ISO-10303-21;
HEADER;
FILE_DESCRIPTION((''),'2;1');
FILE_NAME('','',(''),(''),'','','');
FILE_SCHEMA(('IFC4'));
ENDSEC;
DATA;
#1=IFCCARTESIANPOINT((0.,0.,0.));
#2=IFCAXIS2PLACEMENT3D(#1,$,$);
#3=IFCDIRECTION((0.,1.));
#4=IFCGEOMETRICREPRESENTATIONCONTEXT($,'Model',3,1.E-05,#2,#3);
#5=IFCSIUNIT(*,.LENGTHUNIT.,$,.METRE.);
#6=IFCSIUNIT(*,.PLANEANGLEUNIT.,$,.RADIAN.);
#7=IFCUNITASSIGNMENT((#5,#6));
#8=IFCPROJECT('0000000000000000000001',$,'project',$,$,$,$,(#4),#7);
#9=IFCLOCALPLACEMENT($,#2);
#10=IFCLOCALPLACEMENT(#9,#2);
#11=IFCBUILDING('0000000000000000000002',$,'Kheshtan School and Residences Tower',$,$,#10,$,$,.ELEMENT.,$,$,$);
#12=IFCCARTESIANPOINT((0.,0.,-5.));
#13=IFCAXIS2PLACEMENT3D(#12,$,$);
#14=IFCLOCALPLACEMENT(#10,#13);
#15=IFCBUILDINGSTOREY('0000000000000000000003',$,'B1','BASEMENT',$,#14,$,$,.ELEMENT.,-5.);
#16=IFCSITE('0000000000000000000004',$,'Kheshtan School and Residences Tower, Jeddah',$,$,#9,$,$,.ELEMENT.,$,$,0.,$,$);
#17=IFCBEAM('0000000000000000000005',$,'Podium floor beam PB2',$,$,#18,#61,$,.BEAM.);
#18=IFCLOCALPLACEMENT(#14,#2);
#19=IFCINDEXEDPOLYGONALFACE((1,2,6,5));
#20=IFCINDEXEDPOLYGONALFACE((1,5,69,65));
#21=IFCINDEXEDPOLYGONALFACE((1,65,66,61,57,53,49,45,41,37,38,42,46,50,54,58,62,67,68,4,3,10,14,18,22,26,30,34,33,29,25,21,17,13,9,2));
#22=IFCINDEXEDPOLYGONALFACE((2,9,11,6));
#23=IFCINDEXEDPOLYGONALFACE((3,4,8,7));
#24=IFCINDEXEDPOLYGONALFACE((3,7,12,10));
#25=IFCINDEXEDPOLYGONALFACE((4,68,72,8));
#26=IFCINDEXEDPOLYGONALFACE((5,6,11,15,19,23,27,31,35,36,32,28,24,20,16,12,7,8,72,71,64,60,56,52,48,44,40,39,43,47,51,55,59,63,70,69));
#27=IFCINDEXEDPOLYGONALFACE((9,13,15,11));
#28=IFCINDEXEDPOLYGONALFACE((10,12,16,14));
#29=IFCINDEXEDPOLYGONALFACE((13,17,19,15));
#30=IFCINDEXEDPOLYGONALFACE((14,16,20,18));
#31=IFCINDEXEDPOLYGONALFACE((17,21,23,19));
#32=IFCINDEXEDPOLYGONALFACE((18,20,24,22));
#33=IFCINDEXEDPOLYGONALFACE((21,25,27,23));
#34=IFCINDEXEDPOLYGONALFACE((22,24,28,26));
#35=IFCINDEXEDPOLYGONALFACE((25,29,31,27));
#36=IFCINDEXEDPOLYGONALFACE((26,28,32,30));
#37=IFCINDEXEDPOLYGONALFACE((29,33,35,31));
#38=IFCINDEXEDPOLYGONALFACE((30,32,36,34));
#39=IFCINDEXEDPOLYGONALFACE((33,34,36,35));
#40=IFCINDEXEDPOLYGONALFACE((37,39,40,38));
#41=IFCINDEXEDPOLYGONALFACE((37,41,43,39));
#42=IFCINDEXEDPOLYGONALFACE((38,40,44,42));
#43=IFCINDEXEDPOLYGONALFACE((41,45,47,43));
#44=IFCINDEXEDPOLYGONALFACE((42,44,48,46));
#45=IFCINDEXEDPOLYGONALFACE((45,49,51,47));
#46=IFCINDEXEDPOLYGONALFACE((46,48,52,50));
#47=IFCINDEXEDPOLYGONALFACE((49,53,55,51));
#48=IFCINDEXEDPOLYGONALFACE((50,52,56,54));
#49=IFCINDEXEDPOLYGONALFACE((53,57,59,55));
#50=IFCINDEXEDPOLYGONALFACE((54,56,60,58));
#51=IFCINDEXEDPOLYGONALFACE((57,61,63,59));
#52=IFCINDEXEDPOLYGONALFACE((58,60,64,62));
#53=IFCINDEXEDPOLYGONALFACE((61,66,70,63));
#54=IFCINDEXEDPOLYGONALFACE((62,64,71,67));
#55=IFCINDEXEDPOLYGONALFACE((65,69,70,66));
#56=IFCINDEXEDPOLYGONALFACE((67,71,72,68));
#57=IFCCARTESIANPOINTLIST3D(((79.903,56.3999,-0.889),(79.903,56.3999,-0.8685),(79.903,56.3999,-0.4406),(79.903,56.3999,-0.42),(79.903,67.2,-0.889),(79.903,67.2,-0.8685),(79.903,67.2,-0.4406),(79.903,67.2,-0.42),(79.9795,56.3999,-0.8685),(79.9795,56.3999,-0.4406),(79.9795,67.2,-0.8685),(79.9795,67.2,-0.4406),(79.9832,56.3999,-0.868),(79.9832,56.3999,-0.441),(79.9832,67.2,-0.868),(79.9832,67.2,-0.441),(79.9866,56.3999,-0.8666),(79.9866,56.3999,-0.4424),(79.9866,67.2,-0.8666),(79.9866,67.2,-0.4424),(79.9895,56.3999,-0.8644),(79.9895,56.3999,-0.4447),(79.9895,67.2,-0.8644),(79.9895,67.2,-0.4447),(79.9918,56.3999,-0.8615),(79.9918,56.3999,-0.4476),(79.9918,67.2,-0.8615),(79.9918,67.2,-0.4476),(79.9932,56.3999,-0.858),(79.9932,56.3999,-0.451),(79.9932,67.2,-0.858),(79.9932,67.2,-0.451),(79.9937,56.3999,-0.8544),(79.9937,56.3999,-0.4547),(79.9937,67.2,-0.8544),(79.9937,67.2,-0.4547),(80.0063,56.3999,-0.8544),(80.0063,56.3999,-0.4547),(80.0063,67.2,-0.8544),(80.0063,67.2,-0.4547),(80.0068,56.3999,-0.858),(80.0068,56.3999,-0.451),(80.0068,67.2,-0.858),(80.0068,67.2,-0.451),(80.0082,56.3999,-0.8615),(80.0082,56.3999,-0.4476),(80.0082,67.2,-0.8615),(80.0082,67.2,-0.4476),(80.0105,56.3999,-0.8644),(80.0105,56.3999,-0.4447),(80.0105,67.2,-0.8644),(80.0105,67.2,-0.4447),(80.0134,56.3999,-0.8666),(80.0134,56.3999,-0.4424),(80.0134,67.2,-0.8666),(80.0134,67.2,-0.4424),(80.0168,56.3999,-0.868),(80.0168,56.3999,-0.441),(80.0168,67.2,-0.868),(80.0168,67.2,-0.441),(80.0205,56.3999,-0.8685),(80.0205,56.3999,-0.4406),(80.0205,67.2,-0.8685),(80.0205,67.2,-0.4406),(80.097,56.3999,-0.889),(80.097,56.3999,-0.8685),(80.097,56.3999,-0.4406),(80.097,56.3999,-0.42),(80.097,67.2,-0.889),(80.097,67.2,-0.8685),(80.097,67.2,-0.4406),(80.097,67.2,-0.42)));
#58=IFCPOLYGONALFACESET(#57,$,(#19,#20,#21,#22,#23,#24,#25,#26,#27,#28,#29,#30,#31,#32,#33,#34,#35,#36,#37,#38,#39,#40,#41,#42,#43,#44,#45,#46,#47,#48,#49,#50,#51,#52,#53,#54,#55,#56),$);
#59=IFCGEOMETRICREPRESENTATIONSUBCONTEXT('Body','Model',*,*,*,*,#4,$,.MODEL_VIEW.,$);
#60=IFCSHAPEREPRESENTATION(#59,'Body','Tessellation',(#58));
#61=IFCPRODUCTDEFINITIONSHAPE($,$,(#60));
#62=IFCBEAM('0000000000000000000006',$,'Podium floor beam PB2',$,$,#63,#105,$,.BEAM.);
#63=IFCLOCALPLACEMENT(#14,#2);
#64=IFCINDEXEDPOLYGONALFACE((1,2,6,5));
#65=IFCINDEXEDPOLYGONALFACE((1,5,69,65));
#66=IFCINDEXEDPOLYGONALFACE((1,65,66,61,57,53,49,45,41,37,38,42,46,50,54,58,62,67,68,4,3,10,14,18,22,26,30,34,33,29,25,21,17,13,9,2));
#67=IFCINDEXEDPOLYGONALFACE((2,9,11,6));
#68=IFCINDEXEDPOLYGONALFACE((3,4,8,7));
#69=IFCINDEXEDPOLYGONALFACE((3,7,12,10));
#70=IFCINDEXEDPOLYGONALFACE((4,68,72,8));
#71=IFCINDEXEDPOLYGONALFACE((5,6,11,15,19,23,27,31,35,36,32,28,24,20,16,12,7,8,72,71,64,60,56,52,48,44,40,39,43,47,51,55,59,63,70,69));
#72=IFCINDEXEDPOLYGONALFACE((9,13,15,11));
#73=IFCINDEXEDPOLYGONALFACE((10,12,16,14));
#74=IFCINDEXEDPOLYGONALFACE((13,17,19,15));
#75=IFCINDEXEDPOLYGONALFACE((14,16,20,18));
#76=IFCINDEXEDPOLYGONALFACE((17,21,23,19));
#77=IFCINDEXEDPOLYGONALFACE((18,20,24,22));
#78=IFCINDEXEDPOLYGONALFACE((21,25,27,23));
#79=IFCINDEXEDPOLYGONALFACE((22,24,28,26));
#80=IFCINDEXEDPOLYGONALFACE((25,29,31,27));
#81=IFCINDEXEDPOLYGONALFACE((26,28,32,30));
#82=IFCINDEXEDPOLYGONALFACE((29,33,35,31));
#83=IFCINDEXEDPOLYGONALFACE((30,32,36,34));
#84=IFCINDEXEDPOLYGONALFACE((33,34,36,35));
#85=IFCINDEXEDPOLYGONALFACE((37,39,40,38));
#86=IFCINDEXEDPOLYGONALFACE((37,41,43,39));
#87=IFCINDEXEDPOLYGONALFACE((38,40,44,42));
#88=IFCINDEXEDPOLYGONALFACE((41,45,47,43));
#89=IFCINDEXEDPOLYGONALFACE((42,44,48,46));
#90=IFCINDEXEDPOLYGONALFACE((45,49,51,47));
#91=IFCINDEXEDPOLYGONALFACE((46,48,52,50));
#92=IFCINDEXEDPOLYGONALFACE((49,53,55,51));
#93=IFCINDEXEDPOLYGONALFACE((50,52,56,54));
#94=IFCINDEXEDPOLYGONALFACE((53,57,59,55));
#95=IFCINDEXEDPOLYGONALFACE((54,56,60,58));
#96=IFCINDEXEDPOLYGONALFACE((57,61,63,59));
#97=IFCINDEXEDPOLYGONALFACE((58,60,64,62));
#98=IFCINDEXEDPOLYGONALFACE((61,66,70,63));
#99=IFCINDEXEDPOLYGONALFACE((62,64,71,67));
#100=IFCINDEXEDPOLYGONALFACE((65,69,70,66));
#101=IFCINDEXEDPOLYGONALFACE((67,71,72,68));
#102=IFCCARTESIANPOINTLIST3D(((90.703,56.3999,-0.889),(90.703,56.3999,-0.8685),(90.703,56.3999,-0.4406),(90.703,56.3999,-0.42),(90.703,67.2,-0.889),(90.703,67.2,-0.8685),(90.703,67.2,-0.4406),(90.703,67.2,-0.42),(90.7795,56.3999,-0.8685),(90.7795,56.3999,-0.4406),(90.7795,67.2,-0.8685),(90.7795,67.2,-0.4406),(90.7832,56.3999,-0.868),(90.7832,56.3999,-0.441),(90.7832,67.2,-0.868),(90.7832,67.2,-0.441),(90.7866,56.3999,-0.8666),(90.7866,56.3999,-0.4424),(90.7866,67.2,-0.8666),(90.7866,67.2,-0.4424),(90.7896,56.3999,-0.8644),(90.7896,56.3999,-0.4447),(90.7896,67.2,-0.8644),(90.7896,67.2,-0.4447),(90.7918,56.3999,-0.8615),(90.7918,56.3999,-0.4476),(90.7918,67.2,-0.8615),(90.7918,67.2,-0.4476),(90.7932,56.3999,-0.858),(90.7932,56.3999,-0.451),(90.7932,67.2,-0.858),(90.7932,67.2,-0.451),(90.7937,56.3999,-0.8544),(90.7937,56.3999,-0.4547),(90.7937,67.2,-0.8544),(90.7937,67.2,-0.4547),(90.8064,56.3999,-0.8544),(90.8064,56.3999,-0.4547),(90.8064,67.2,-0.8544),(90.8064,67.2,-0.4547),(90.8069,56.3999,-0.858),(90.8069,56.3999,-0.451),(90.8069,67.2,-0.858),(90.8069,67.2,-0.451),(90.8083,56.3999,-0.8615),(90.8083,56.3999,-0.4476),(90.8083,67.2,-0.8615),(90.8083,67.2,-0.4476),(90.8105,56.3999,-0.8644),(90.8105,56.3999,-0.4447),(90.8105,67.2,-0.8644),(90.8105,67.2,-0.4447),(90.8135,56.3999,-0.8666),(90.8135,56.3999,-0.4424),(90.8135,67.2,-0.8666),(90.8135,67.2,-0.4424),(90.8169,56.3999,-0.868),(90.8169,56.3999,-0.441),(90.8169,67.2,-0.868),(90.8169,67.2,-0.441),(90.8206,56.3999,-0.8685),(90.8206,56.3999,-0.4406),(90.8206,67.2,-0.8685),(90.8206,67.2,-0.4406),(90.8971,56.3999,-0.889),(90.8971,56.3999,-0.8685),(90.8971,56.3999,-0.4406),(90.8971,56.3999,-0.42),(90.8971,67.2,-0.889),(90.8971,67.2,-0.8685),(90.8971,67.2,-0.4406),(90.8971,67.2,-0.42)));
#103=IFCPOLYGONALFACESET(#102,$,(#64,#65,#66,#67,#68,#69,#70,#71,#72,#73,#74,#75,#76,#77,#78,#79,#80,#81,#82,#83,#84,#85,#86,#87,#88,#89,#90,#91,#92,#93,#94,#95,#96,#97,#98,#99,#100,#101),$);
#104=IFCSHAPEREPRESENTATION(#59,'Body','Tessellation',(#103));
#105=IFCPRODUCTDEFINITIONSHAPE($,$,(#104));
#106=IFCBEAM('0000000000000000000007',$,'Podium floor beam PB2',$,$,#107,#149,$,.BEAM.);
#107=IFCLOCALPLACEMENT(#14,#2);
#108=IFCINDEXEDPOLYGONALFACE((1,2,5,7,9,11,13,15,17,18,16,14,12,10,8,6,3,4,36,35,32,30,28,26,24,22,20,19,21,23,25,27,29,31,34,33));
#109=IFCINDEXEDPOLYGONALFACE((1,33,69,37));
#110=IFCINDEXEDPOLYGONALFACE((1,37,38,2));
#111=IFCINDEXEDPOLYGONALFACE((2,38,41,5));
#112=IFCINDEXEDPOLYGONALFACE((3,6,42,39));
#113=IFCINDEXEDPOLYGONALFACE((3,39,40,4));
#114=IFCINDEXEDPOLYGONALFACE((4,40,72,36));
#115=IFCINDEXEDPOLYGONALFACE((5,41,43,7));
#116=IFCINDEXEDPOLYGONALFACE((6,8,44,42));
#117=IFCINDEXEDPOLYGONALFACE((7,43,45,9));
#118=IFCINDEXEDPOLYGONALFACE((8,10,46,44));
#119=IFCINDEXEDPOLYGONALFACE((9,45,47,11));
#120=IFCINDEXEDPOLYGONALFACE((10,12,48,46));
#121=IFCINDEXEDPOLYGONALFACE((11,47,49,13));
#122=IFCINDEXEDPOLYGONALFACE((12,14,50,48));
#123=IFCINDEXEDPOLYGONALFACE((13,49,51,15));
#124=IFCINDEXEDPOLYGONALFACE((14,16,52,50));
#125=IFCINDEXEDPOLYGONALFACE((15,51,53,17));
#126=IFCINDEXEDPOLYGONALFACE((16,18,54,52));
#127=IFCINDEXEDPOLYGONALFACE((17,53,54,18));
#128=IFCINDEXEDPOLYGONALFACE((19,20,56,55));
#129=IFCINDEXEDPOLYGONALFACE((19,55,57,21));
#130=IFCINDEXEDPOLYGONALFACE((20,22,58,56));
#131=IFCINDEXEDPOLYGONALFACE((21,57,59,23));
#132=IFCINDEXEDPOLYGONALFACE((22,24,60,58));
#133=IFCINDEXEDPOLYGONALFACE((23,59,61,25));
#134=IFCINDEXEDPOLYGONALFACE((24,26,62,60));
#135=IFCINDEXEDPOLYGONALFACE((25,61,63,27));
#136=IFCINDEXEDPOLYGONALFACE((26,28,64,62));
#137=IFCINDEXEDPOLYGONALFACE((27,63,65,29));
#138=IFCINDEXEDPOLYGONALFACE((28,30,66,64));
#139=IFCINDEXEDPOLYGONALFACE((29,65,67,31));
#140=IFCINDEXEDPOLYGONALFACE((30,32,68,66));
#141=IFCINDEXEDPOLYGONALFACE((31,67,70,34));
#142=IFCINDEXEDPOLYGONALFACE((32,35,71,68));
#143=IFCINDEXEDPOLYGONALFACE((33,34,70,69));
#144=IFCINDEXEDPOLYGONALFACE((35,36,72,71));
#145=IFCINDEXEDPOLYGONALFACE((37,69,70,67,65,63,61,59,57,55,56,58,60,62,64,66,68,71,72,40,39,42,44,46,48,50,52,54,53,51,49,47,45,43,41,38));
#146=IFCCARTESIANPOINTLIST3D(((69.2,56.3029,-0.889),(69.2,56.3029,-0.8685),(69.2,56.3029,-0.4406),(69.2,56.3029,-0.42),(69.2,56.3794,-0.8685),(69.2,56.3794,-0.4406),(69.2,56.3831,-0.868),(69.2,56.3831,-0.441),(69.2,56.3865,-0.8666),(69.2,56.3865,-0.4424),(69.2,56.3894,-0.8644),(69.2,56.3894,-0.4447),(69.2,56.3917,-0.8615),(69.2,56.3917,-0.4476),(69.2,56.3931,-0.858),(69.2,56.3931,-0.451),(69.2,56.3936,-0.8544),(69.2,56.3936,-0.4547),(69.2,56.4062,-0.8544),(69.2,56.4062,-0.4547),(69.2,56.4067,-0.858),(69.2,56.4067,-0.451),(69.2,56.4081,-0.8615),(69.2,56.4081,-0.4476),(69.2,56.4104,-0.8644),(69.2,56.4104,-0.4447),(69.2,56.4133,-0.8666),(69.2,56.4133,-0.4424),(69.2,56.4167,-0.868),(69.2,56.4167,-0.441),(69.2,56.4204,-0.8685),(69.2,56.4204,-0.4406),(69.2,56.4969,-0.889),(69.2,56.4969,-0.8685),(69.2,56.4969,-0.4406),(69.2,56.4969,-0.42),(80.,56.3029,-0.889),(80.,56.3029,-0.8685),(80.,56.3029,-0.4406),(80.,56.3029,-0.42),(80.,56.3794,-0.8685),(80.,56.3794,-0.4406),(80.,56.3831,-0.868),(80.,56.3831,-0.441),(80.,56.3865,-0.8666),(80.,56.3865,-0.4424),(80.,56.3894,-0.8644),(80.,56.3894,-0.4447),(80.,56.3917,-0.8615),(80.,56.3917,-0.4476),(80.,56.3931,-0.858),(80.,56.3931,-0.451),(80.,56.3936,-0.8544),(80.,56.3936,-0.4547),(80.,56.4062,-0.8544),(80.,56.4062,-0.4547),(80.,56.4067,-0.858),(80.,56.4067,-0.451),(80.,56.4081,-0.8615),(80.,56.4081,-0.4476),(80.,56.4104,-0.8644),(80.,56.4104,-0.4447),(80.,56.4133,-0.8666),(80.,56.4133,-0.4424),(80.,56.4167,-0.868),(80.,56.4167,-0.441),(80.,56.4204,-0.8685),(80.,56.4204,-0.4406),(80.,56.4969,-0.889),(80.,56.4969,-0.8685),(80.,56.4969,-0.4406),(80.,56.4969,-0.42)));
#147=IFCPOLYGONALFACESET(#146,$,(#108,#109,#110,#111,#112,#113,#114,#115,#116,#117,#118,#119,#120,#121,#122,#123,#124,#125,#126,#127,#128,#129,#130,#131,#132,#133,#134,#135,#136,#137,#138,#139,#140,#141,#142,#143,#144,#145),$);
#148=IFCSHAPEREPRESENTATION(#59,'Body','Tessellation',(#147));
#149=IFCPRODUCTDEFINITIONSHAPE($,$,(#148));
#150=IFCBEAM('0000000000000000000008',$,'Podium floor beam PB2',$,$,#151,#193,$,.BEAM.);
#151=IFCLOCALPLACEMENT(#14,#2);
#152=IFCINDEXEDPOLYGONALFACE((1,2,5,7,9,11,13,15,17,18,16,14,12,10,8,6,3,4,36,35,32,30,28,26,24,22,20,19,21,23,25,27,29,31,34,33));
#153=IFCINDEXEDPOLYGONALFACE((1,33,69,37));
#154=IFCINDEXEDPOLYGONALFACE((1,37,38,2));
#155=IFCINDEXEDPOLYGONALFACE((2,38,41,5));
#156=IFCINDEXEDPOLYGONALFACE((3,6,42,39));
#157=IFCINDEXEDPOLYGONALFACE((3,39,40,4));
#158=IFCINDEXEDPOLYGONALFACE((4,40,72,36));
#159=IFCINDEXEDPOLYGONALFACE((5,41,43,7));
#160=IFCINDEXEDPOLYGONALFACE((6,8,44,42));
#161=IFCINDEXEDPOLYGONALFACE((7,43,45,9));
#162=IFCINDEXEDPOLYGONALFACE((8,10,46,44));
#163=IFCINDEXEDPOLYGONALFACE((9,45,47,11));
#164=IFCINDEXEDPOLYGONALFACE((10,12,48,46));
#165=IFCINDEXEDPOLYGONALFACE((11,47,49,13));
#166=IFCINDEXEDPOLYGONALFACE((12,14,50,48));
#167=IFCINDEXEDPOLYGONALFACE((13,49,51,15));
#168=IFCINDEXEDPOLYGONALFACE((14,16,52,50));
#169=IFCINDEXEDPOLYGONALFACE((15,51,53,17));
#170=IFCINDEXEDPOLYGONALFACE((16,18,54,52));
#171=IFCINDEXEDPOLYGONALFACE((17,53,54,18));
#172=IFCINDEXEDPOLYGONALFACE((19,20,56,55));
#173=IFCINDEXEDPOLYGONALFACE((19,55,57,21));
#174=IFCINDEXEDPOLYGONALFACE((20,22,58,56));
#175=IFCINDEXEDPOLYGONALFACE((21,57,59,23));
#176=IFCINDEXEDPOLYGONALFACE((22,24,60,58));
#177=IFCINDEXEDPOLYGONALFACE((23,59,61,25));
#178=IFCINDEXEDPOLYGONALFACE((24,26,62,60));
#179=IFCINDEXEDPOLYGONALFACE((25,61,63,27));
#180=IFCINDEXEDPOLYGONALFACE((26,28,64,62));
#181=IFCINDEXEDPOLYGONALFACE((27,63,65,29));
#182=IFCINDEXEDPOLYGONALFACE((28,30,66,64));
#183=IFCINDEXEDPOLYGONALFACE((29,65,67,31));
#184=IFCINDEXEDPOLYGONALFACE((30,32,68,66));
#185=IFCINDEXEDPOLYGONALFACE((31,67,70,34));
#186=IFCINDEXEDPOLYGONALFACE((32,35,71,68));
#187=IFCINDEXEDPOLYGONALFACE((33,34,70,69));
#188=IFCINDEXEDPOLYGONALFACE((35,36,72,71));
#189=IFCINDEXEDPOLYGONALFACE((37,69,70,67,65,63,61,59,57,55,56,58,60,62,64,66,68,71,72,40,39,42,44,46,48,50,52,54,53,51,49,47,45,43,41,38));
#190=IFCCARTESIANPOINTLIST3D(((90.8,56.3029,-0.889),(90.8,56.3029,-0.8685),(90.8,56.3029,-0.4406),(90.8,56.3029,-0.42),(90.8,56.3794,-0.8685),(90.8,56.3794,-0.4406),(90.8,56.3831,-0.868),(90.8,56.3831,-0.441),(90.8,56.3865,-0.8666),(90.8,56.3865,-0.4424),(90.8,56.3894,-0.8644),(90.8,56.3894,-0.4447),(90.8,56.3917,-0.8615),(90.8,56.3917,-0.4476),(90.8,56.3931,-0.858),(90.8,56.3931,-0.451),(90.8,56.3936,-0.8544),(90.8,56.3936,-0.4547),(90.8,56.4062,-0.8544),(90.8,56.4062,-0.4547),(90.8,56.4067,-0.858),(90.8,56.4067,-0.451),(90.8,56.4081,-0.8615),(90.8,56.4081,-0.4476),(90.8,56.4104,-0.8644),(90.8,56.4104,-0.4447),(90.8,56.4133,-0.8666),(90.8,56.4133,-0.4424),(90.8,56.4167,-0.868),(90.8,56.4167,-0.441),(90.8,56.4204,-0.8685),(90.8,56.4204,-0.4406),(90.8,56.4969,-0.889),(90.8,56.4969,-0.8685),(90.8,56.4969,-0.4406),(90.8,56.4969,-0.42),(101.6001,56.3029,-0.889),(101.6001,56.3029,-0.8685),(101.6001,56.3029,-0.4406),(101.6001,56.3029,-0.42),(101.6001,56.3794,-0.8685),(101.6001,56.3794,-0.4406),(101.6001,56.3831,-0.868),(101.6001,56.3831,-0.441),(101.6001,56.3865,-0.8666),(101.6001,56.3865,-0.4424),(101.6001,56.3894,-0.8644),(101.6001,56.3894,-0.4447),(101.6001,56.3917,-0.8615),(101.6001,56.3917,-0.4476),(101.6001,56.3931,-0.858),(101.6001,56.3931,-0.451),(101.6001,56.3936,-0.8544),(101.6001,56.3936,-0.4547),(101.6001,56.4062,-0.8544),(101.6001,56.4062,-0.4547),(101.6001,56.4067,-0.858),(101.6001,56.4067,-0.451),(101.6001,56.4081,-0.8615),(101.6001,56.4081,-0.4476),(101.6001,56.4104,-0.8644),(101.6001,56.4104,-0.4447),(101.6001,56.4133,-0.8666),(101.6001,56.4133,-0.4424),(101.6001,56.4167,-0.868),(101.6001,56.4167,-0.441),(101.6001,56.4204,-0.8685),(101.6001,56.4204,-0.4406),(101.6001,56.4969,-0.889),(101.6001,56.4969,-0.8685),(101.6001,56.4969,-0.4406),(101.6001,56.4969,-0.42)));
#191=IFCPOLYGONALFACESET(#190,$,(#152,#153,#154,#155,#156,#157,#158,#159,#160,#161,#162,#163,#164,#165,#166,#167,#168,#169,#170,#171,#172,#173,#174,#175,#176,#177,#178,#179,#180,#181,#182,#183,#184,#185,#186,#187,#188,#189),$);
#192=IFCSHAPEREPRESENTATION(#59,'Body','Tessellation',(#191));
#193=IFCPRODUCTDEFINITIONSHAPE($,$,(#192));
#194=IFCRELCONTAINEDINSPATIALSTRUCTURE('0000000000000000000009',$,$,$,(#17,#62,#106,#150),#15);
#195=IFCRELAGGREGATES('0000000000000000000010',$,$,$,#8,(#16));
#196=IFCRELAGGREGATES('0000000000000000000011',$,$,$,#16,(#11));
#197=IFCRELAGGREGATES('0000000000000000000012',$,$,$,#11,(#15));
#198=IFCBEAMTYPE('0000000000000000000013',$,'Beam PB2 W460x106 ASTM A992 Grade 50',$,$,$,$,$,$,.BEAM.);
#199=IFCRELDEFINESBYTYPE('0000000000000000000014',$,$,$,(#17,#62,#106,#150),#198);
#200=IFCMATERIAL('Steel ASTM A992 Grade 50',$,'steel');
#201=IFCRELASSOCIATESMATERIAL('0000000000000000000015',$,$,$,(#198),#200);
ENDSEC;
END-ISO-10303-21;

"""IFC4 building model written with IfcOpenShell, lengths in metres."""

from ifc_helpers import new_model, si_unit, direction, frame, origin, origin_2d, place, context, subcontext, project, spatial, i_section, extrude, material, material_profile, profile_set, type_object, element, save


model = new_model("IFC4")

# Units and contexts
model_context = context("Model", 3, precision=1e-05, world=origin(), true_north=direction((0.0, 1.0)))
body_context = subcontext(model_context, "Body", "Model", "MODEL_VIEW")
ifc_project = project(units=[si_unit("LENGTHUNIT", "METRE"), si_unit("PLANEANGLEUNIT", "RADIAN")], contexts=[model_context])

# Site, building, storey
site_placement = place(None, origin())
site = spatial("IfcSite", under=ifc_project, at=site_placement, Name="Kheshtan School and Residences Tower, Jeddah", CompositionType="ELEMENT", RefElevation=0.0)
building_placement = place(site_placement, origin())
building = spatial("IfcBuilding", under=site, at=building_placement, Name="Kheshtan School and Residences Tower", CompositionType="ELEMENT")
storey_placement = place(building_placement, frame((0.0, 0.0, -5.0)))
storey = spatial("IfcBuildingStorey", under=building, at=storey_placement, Name="B1", Description="BASEMENT", CompositionType="ELEMENT", Elevation=-5.0)

# Shared definitions
ifc_material_1 = material(Name="Steel ASTM A992 Grade 50", Category="steel")

# Beams
ifc_material_profile_1 = material_profile(ifc_material_1, i_section(OverallWidth=0.1941, OverallDepth=0.469, WebThickness=0.0127, FlangeThickness=0.0205, FilletRadius=0.0142, at=origin_2d()), Name="W460x106")
ifc_profile_set_1 = profile_set([ifc_material_profile_1], Name="Steel ASTM A992 Grade 50")
beam_type = type_object("IfcBeamType", Name="Beam PB2 W460x106 ASTM A992 Grade 50", PredefinedType="BEAM", material=ifc_profile_set_1)
for number, where, z_axis, x_axis, name in (
    (1, (80.0, 56.3999, -0.6545), (0.0, 1.0, 0.0), (-1.0, 0.0, 0.0), "Podium floor beam PB2"),
    (2, (90.8, 56.3999, -0.6545), (0.0, 1.0, 0.0), (-1.0, 0.0, 0.0), "Podium floor beam PB2"),
    (3, (69.2, 56.3999, -0.6545), (1.0, 0.0, 0.0), (0.0, 1.0, 0.0), "Podium floor beam PB2"),
    (4, (90.8, 56.3999, -0.6545), (1.0, 0.0, 0.0), (0.0, 1.0, 0.0), "Podium floor beam PB2"),
):
    element("IfcBeam", number, at=place(storey_placement, frame(where, z_axis=z_axis, x_axis=x_axis)), inside=storey, type_object=beam_type, Name=name, PredefinedType="BEAM", context=body_context, shape_type="SweptSolid", body=[
        extrude(i_section(OverallWidth=0.1941, OverallDepth=0.469, WebThickness=0.0127, FlangeThickness=0.0205, FilletRadius=0.0142, at=origin_2d()), origin(), (0.0, 0.0, 1.0), 10.8),
    ])

save(model, "model.ifc")
